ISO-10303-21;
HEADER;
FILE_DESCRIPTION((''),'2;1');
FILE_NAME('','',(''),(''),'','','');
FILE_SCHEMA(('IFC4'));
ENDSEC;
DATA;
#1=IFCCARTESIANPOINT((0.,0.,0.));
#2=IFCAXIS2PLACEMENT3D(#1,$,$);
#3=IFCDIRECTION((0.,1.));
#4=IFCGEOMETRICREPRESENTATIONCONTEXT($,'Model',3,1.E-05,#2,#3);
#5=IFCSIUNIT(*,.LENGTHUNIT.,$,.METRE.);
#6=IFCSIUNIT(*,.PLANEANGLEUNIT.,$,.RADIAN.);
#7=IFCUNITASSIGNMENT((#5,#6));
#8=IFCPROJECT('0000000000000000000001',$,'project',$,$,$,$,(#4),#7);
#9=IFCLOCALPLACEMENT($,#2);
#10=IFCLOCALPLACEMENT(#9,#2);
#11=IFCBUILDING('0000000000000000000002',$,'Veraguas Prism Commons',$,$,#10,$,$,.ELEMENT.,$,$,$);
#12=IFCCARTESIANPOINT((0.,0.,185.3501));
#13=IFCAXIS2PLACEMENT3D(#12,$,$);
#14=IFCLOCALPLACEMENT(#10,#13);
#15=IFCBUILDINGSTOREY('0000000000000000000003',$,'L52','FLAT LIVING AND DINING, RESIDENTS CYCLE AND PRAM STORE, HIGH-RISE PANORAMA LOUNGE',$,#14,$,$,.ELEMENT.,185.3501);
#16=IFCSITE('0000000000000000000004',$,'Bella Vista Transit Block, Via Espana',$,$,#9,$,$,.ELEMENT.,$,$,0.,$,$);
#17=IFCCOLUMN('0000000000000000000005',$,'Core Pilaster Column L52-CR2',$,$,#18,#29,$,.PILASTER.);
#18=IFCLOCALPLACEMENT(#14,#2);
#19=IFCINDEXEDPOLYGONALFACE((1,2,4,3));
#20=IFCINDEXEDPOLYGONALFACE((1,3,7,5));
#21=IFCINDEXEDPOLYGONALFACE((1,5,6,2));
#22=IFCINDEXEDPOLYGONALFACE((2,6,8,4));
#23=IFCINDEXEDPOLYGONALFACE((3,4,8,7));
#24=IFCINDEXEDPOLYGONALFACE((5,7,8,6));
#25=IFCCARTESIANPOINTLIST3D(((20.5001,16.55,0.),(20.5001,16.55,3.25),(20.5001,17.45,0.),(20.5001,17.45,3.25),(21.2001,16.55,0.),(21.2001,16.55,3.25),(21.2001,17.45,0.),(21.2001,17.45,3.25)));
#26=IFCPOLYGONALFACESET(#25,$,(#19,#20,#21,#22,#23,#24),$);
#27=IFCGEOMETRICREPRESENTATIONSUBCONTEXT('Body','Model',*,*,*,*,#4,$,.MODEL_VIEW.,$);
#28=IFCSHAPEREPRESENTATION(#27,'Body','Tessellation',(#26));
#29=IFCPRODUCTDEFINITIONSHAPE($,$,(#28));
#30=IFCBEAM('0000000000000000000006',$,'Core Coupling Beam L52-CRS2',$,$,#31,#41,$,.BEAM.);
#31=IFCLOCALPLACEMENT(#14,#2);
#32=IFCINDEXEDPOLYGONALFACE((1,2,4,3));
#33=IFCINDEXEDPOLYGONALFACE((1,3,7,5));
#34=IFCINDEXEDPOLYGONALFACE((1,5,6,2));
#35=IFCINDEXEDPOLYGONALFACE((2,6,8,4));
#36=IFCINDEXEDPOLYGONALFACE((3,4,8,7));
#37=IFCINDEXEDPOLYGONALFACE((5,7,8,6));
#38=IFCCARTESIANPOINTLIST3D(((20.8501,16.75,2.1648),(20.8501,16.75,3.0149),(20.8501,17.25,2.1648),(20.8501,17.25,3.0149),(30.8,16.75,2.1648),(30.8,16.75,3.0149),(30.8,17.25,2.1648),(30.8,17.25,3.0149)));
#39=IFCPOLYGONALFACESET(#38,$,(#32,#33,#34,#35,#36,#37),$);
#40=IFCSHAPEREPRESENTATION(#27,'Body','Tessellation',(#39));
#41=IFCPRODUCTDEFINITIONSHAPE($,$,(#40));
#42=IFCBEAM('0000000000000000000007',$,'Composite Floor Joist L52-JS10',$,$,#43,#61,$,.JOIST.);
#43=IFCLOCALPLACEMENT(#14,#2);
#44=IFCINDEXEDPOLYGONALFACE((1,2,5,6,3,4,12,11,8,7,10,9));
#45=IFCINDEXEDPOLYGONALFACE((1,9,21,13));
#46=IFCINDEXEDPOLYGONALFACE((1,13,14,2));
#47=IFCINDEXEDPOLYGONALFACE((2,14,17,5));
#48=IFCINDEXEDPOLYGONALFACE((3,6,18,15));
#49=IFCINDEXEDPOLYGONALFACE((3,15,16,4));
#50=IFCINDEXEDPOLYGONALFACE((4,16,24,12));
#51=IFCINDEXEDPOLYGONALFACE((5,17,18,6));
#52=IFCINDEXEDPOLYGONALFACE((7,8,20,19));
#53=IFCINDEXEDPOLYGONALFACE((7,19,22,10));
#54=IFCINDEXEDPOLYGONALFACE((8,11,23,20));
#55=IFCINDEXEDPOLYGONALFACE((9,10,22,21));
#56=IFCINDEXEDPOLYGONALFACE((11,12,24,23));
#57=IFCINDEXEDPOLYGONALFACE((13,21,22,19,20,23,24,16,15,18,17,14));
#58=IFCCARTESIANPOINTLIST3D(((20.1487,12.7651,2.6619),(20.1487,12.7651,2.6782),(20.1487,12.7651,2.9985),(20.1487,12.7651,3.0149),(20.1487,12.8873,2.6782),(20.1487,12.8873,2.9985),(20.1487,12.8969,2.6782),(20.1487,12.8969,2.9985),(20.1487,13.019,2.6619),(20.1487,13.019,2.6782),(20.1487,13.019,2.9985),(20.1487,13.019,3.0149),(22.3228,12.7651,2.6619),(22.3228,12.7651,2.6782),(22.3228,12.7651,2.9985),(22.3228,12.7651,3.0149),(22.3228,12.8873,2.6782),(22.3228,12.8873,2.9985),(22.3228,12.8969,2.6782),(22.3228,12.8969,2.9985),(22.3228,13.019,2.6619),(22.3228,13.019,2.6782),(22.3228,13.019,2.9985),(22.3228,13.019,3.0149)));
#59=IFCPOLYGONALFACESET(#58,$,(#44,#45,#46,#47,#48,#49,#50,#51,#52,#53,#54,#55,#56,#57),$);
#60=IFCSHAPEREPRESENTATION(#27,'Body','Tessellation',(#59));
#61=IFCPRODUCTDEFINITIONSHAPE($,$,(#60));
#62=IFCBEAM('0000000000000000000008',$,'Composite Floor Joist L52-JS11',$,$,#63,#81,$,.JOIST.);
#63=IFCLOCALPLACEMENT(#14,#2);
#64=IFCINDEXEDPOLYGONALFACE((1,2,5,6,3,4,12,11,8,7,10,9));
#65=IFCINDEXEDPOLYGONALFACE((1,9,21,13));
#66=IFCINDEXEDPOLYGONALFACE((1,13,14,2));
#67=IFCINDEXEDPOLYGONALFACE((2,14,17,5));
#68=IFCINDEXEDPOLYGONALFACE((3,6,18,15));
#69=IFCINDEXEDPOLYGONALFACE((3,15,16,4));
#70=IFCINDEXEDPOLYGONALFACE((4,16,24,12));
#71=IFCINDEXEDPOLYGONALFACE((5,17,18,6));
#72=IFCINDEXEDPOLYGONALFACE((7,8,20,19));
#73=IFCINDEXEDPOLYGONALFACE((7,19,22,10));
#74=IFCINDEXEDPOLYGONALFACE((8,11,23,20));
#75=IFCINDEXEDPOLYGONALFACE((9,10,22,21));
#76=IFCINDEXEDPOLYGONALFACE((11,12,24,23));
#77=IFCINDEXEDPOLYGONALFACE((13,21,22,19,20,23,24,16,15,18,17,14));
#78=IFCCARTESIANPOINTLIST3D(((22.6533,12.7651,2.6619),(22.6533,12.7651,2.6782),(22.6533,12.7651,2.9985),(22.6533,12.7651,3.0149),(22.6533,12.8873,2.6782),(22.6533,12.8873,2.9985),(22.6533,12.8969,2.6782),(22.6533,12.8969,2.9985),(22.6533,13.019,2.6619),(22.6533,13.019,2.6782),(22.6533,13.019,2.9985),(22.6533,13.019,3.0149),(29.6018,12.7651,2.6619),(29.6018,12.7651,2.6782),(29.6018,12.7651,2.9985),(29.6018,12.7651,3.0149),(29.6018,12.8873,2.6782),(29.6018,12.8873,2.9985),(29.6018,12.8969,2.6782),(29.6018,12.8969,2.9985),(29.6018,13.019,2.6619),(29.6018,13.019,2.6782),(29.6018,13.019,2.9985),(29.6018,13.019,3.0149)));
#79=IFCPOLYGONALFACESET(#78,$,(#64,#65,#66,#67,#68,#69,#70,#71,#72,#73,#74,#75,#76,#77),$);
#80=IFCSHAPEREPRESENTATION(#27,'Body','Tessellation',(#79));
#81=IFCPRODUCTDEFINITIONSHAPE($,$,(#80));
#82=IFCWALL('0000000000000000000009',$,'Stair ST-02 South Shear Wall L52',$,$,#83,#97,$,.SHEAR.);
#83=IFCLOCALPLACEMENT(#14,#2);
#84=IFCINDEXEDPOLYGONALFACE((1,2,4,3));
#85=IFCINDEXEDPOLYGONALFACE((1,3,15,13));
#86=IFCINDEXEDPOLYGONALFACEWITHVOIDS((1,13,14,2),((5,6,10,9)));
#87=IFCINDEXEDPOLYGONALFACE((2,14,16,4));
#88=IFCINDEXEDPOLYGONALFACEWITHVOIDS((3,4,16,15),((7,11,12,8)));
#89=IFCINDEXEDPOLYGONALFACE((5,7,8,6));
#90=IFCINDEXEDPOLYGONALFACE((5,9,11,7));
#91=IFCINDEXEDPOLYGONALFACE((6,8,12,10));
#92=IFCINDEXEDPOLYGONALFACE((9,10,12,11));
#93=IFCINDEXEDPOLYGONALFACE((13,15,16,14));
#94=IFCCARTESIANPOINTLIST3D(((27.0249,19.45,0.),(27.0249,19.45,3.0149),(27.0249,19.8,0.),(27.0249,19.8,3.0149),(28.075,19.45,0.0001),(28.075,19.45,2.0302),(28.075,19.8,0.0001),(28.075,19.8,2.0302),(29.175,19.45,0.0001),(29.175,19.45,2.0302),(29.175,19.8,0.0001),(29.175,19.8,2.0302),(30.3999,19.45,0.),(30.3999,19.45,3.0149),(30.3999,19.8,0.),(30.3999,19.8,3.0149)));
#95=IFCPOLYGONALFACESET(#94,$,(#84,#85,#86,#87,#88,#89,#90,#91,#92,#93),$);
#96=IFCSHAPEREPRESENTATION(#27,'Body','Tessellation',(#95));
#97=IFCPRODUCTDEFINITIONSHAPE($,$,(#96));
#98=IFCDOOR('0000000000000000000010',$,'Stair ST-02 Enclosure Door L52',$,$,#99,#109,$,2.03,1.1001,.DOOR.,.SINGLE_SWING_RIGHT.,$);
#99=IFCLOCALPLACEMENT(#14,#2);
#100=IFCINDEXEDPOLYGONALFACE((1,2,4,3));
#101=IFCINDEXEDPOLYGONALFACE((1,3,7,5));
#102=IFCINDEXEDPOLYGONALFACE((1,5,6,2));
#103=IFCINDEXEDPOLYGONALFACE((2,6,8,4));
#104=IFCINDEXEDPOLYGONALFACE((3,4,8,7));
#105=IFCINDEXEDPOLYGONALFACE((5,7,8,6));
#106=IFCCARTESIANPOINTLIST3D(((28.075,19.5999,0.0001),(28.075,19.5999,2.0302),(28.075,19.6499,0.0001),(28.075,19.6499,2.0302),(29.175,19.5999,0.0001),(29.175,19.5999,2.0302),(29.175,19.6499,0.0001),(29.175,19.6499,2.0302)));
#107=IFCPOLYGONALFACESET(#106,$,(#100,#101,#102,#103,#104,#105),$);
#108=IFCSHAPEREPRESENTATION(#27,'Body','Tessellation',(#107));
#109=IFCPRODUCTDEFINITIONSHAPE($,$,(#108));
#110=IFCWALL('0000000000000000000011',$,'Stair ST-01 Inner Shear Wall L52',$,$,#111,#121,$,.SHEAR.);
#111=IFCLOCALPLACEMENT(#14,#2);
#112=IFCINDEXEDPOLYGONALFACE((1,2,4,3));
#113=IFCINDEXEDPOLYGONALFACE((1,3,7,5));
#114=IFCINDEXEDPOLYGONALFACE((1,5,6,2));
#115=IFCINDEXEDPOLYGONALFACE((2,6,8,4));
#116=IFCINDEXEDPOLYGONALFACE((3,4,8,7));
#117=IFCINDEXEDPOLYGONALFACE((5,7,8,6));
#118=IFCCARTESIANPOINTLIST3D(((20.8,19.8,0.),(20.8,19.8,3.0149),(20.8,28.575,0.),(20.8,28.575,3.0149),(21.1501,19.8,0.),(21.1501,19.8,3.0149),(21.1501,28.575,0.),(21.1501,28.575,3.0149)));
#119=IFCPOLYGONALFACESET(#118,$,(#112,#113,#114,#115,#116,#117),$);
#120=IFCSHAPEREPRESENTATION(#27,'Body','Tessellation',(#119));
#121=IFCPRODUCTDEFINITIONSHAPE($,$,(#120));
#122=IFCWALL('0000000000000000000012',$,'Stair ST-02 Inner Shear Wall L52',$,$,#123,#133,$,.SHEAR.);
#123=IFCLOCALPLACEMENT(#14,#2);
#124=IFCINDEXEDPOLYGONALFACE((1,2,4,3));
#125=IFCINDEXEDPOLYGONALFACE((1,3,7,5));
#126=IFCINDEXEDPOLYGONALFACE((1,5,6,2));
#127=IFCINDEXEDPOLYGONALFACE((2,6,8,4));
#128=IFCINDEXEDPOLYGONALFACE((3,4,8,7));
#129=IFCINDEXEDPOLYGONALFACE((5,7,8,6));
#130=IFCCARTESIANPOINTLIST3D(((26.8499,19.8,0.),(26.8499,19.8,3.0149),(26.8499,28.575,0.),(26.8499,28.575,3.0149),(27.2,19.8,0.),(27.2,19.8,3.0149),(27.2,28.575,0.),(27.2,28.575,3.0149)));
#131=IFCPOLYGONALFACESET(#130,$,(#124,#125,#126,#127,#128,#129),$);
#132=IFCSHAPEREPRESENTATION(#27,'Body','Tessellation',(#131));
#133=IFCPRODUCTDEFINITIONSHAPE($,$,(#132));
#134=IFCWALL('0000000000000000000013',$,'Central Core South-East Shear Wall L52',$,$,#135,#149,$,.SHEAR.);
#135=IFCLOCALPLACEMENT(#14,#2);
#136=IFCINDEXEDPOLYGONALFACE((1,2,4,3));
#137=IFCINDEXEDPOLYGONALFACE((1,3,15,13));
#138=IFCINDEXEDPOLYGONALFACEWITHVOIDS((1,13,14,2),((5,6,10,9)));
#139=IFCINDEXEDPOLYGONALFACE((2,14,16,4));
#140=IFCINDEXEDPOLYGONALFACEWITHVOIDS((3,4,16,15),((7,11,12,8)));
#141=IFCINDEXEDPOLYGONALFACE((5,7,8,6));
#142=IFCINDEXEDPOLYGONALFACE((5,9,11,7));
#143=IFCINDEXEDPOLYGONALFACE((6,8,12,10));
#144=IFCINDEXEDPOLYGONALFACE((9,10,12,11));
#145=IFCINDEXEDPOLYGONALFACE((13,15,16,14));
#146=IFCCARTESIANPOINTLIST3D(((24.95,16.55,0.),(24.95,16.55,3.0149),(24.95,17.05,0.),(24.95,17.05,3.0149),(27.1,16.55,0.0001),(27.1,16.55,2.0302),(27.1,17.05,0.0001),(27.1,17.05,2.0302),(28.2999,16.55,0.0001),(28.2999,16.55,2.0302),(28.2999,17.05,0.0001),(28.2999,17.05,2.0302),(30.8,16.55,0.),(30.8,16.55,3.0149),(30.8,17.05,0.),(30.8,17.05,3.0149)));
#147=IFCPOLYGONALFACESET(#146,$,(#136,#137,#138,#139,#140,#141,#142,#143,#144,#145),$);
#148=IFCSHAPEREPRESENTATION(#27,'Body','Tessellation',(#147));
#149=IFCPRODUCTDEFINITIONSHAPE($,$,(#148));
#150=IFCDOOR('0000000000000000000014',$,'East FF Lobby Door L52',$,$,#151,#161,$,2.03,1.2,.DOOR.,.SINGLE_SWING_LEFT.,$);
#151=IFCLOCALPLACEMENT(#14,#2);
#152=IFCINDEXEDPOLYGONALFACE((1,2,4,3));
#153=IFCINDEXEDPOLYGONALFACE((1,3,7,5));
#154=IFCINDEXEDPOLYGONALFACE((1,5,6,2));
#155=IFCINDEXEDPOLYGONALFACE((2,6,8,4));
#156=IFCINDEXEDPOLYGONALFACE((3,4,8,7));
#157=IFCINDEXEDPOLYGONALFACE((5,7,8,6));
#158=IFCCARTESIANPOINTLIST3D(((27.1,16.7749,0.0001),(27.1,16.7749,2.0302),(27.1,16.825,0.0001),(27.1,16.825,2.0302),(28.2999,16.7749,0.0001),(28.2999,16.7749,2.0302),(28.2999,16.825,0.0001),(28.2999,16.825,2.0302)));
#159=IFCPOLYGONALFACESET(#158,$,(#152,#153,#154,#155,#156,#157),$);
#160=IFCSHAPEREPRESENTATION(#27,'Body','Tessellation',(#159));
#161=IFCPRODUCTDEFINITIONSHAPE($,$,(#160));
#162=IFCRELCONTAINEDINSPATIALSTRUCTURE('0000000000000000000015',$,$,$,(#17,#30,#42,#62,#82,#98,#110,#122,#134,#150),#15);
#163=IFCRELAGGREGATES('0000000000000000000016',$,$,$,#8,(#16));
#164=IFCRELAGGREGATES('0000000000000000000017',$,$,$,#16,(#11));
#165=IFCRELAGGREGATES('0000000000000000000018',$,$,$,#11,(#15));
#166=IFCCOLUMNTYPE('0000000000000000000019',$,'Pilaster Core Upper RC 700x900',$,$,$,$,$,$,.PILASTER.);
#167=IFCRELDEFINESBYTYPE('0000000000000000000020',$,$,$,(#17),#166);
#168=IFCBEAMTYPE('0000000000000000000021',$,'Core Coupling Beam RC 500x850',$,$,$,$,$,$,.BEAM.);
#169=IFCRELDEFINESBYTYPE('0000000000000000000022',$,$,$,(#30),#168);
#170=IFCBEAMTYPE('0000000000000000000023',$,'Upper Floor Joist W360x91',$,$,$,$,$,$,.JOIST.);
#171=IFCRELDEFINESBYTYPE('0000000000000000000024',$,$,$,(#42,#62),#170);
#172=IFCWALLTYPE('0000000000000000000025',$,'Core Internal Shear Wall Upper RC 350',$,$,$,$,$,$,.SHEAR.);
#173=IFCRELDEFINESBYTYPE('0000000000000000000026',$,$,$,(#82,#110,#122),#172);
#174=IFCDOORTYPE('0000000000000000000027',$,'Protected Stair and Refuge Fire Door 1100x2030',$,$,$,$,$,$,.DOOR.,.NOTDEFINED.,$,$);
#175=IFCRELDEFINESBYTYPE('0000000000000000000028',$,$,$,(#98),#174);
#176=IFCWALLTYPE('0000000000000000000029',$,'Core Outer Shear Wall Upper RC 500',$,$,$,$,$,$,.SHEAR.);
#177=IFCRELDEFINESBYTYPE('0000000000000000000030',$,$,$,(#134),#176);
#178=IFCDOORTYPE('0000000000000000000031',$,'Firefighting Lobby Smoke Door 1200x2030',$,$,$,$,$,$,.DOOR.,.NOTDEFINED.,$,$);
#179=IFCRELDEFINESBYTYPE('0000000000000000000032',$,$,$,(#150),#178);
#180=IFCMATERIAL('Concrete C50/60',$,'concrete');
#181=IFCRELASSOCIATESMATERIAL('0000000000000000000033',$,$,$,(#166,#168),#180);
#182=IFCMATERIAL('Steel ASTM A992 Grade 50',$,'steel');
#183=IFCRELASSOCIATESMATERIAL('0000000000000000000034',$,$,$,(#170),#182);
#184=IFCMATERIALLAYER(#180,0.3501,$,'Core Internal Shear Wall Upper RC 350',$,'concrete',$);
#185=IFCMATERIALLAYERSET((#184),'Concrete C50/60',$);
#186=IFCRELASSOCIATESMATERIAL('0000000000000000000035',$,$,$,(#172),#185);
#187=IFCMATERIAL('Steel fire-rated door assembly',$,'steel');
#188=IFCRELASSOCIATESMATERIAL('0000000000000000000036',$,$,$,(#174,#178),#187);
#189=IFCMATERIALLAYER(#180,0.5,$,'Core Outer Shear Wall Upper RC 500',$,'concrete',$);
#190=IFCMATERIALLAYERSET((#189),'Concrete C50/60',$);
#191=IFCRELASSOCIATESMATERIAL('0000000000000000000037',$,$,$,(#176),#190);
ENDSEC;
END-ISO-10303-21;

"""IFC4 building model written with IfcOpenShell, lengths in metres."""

from ifc_helpers import new_model, si_unit, direction, frame, frame_2d, origin, origin_2d, place, context, subcontext, project, spatial, rectangle, i_section, extrude, source, transform, mapped, material, layer, layer_set, material_profile, profile_set, type_object, element, fill, save


model = new_model("IFC4")

# Units and contexts
model_context = context("Model", 3, precision=1e-05, world=origin(), true_north=direction((0.0, 1.0)))
body_context = subcontext(model_context, "Body", "Model", "MODEL_VIEW")
ifc_project = project(units=[si_unit("LENGTHUNIT", "METRE"), si_unit("PLANEANGLEUNIT", "RADIAN")], contexts=[model_context])

# Site, building, storey
site_placement = place(None, origin())
site = spatial("IfcSite", under=ifc_project, at=site_placement, Name="Bella Vista Transit Block, Via Espana", CompositionType="ELEMENT", RefElevation=0.0)
building_placement = place(site_placement, origin())
building = spatial("IfcBuilding", under=site, at=building_placement, Name="Veraguas Prism Commons", CompositionType="ELEMENT")
storey_placement = place(building_placement, frame((0.0, 0.0, 185.3501)))
storey = spatial("IfcBuildingStorey", under=building, at=storey_placement, Name="L52", Description="FLAT LIVING AND DINING, RESIDENTS CYCLE AND PRAM STORE, HIGH-RISE PANORAMA LOUNGE", CompositionType="ELEMENT", Elevation=185.3501)

# Column
ifc_material_1 = material(Name="Concrete C50/60", Category="concrete")
ifc_material_profile_1 = material_profile(ifc_material_1, rectangle(XDim=0.7, YDim=0.8999, at=origin_2d()), Name="RC700X900")
ifc_profile_set_1 = profile_set([ifc_material_profile_1], Name="Concrete C50/60")
column_type = type_object("IfcColumnType", Name="Pilaster Core Upper RC 700x900", PredefinedType="PILASTER", material=ifc_profile_set_1)
column_placement = place(storey_placement, frame((20.8501, 17.0, 0.0), z_axis=(0.0, 0.0, 1.0), x_axis=(1.0, 0.0, 0.0)))
element("IfcColumn", 1, at=column_placement, inside=storey, type_object=column_type, Name="Core Pilaster Column L52-CR2", PredefinedType="PILASTER", context=body_context, shape_type="SweptSolid", body=[
    extrude(rectangle(XDim=0.7, YDim=0.8999, at=origin_2d()), origin(), (0.0, 0.0, 1.0), 3.25),
])

# Beams
ifc_material_profile_2 = material_profile(ifc_material_1, rectangle(XDim=0.5, YDim=0.8501, at=origin_2d()), Name="RC500X850")
ifc_profile_set_2 = profile_set([ifc_material_profile_2], Name="Concrete C50/60")
beam_type_1 = type_object("IfcBeamType", Name="Core Coupling Beam RC 500x850", PredefinedType="BEAM", material=ifc_profile_set_2)
beam_1_placement = place(storey_placement, frame((20.8501, 17.0, 2.5898), z_axis=(1.0, 0.0, 0.0), x_axis=(0.0, 1.0, 0.0)))
element("IfcBeam", 2, at=beam_1_placement, inside=storey, type_object=beam_type_1, Name="Core Coupling Beam L52-CRS2", PredefinedType="BEAM", context=body_context, shape_type="SweptSolid", body=[
    extrude(rectangle(XDim=0.5, YDim=0.8501, at=origin_2d()), origin(), (0.0, 0.0, 1.0), 9.95),
])
ifc_material_2 = material(Name="Steel ASTM A992 Grade 50", Category="steel")
ifc_material_profile_3 = material_profile(ifc_material_2, i_section(OverallWidth=0.2539, OverallDepth=0.353, WebThickness=0.0095, FlangeThickness=0.0164, at=origin_2d()), Name="W360X91")
ifc_profile_set_3 = profile_set([ifc_material_profile_3], Name="Steel ASTM A992 Grade 50")
beam_type_2 = type_object("IfcBeamType", Name="Upper Floor Joist W360x91", PredefinedType="JOIST", material=ifc_profile_set_3)
beam_2_placement = place(storey_placement, frame((20.1487, 12.8921, 2.8384), z_axis=(1.0, 0.0, 0.0), x_axis=(0.0, 1.0, 0.0)))
element("IfcBeam", 3, at=beam_2_placement, inside=storey, type_object=beam_type_2, Name="Composite Floor Joist L52-JS10", PredefinedType="JOIST", context=body_context, shape_type="SweptSolid", body=[
    extrude(i_section(OverallWidth=0.2539, OverallDepth=0.353, WebThickness=0.0095, FlangeThickness=0.0164, at=origin_2d()), origin(), (0.0, 0.0, 1.0), 2.1741),
])
beam_3_placement = place(storey_placement, frame((22.6533, 12.8921, 2.8384), z_axis=(1.0, 0.0, 0.0), x_axis=(0.0, 1.0, 0.0)))
element("IfcBeam", 4, at=beam_3_placement, inside=storey, type_object=beam_type_2, Name="Composite Floor Joist L52-JS11", PredefinedType="JOIST", context=body_context, shape_type="SweptSolid", body=[
    extrude(i_section(OverallWidth=0.2539, OverallDepth=0.353, WebThickness=0.0095, FlangeThickness=0.0164, at=origin_2d()), origin(), (0.0, 0.0, 1.0), 6.9485),
])

# Wall, opening, door
ifc_layer_1 = layer(ifc_material_1, 0.3501, Name="Core Internal Shear Wall Upper RC 350", Category="concrete")
ifc_layer_set_1 = layer_set([ifc_layer_1], Name="Concrete C50/60")
wall_type_1 = type_object("IfcWallType", Name="Core Internal Shear Wall Upper RC 350", PredefinedType="SHEAR", material=ifc_layer_set_1)
wall_1_placement = place(storey_placement, frame((27.0249, 19.625, 0.0), z_axis=(0.0, 0.0, 1.0), x_axis=(1.0, 0.0, 0.0)))
wall_1 = element("IfcWall", 5, at=wall_1_placement, inside=storey, type_object=wall_type_1, Name="Stair ST-02 South Shear Wall L52", PredefinedType="SHEAR", context=body_context, shape_type="SweptSolid", body=[
    extrude(rectangle(XDim=3.375, YDim=0.3501, at=frame_2d((1.6875, 0.0))), origin(), (0.0, 0.0, 1.0), 3.0149),
])
opening_1_placement = place(wall_1_placement, frame((1.05, 0.0, 0.0)))
opening_1 = element("IfcOpeningElement", 6, at=opening_1_placement, cuts=wall_1, PredefinedType="OPENING", context=body_context, shape_type="SweptSolid", body=[
    extrude(rectangle(XDim=1.1001, YDim=2.03, at=frame_2d((0.55, 1.0151))), frame((0.0, 0.1851, 0.0), z_axis=(0.0, -1.0, 0.0), x_axis=(1.0, 0.0, 0.0)), (0.0, 0.0, 1.0), 0.3701),
])
ifc_material_3 = material(Name="Steel fire-rated door assembly", Category="steel")
door_type_1 = type_object("IfcDoorType", Name="Protected Stair and Refuge Fire Door 1100x2030", OperationType="NOTDEFINED", PredefinedType="DOOR", material=ifc_material_3)
shared_shape_1 = source(origin(), body_context, "Body", "SweptSolid", [
    extrude(rectangle(XDim=1.1001, YDim=2.03, at=frame_2d((0.55, 1.0151))), frame((0.0, 0.0249, 0.0), z_axis=(0.0, -1.0, 0.0), x_axis=(1.0, 0.0, 0.0)), (0.0, 0.0, 1.0), 0.05),
])
door_1_placement = place(opening_1_placement, origin())
door_1 = element("IfcDoor", 7, at=door_1_placement, inside=storey, type_object=door_type_1, Name="Stair ST-02 Enclosure Door L52", OperationType="SINGLE_SWING_RIGHT", OverallHeight=2.03, OverallWidth=1.1001, PredefinedType="DOOR", context=body_context, shape_type="MappedRepresentation", body=[
    mapped(shared_shape_1, transform((0.0, 0.0, 0.0), scale=1.0)),
])
fill(opening_1, door_1)

# Walls
for number, where, z_axis, x_axis, name in (
    (8, (20.9751, 19.8, 0.0), (0.0, 0.0, 1.0), (0.0, 1.0, 0.0), "Stair ST-01 Inner Shear Wall L52"),
    (9, (27.0249, 19.8, 0.0), (0.0, 0.0, 1.0), (0.0, 1.0, 0.0), "Stair ST-02 Inner Shear Wall L52"),
):
    element("IfcWall", number, at=place(storey_placement, frame(where, z_axis=z_axis, x_axis=x_axis)), inside=storey, type_object=wall_type_1, Name=name, PredefinedType="SHEAR", context=body_context, shape_type="SweptSolid", body=[
        extrude(rectangle(XDim=8.7749, YDim=0.3501, at=frame_2d((4.3875, 0.0))), origin(), (0.0, 0.0, 1.0), 3.0149),
    ])

# Wall, opening, door
ifc_layer_2 = layer(ifc_material_1, 0.5, Name="Core Outer Shear Wall Upper RC 500", Category="concrete")
ifc_layer_set_2 = layer_set([ifc_layer_2], Name="Concrete C50/60")
wall_type_2 = type_object("IfcWallType", Name="Core Outer Shear Wall Upper RC 500", PredefinedType="SHEAR", material=ifc_layer_set_2)
wall_2_placement = place(storey_placement, frame((24.95, 16.8, 0.0), z_axis=(0.0, 0.0, 1.0), x_axis=(1.0, 0.0, 0.0)))
wall_2 = element("IfcWall", 10, at=wall_2_placement, inside=storey, type_object=wall_type_2, Name="Central Core South-East Shear Wall L52", PredefinedType="SHEAR", context=body_context, shape_type="SweptSolid", body=[
    extrude(rectangle(XDim=5.8501, YDim=0.5, at=frame_2d((2.925, 0.0))), origin(), (0.0, 0.0, 1.0), 3.0149),
])
opening_2_placement = place(wall_2_placement, frame((2.1499, 0.0, 0.0)))
opening_2 = element("IfcOpeningElement", 11, at=opening_2_placement, cuts=wall_2, PredefinedType="OPENING", context=body_context, shape_type="SweptSolid", body=[
    extrude(rectangle(XDim=1.2, YDim=2.03, at=frame_2d((0.6001, 1.0151))), frame((0.0, 0.26, 0.0), z_axis=(0.0, -1.0, 0.0), x_axis=(1.0, 0.0, 0.0)), (0.0, 0.0, 1.0), 0.52),
])
door_type_2 = type_object("IfcDoorType", Name="Firefighting Lobby Smoke Door 1200x2030", OperationType="NOTDEFINED", PredefinedType="DOOR", material=ifc_material_3)
shared_shape_2 = source(origin(), body_context, "Body", "SweptSolid", [
    extrude(rectangle(XDim=1.2, YDim=2.03, at=frame_2d((0.6001, 1.0151))), frame((0.0, 0.0249, 0.0), z_axis=(0.0, -1.0, 0.0), x_axis=(1.0, 0.0, 0.0)), (0.0, 0.0, 1.0), 0.05),
])
door_2_placement = place(opening_2_placement, origin())
door_2 = element("IfcDoor", 12, at=door_2_placement, inside=storey, type_object=door_type_2, Name="East FF Lobby Door L52", OperationType="SINGLE_SWING_LEFT", OverallHeight=2.03, OverallWidth=1.2, PredefinedType="DOOR", context=body_context, shape_type="MappedRepresentation", body=[
    mapped(shared_shape_2, transform((0.0, 0.0, 0.0), scale=1.0)),
])
fill(opening_2, door_2)

save(model, "model.ifc")
